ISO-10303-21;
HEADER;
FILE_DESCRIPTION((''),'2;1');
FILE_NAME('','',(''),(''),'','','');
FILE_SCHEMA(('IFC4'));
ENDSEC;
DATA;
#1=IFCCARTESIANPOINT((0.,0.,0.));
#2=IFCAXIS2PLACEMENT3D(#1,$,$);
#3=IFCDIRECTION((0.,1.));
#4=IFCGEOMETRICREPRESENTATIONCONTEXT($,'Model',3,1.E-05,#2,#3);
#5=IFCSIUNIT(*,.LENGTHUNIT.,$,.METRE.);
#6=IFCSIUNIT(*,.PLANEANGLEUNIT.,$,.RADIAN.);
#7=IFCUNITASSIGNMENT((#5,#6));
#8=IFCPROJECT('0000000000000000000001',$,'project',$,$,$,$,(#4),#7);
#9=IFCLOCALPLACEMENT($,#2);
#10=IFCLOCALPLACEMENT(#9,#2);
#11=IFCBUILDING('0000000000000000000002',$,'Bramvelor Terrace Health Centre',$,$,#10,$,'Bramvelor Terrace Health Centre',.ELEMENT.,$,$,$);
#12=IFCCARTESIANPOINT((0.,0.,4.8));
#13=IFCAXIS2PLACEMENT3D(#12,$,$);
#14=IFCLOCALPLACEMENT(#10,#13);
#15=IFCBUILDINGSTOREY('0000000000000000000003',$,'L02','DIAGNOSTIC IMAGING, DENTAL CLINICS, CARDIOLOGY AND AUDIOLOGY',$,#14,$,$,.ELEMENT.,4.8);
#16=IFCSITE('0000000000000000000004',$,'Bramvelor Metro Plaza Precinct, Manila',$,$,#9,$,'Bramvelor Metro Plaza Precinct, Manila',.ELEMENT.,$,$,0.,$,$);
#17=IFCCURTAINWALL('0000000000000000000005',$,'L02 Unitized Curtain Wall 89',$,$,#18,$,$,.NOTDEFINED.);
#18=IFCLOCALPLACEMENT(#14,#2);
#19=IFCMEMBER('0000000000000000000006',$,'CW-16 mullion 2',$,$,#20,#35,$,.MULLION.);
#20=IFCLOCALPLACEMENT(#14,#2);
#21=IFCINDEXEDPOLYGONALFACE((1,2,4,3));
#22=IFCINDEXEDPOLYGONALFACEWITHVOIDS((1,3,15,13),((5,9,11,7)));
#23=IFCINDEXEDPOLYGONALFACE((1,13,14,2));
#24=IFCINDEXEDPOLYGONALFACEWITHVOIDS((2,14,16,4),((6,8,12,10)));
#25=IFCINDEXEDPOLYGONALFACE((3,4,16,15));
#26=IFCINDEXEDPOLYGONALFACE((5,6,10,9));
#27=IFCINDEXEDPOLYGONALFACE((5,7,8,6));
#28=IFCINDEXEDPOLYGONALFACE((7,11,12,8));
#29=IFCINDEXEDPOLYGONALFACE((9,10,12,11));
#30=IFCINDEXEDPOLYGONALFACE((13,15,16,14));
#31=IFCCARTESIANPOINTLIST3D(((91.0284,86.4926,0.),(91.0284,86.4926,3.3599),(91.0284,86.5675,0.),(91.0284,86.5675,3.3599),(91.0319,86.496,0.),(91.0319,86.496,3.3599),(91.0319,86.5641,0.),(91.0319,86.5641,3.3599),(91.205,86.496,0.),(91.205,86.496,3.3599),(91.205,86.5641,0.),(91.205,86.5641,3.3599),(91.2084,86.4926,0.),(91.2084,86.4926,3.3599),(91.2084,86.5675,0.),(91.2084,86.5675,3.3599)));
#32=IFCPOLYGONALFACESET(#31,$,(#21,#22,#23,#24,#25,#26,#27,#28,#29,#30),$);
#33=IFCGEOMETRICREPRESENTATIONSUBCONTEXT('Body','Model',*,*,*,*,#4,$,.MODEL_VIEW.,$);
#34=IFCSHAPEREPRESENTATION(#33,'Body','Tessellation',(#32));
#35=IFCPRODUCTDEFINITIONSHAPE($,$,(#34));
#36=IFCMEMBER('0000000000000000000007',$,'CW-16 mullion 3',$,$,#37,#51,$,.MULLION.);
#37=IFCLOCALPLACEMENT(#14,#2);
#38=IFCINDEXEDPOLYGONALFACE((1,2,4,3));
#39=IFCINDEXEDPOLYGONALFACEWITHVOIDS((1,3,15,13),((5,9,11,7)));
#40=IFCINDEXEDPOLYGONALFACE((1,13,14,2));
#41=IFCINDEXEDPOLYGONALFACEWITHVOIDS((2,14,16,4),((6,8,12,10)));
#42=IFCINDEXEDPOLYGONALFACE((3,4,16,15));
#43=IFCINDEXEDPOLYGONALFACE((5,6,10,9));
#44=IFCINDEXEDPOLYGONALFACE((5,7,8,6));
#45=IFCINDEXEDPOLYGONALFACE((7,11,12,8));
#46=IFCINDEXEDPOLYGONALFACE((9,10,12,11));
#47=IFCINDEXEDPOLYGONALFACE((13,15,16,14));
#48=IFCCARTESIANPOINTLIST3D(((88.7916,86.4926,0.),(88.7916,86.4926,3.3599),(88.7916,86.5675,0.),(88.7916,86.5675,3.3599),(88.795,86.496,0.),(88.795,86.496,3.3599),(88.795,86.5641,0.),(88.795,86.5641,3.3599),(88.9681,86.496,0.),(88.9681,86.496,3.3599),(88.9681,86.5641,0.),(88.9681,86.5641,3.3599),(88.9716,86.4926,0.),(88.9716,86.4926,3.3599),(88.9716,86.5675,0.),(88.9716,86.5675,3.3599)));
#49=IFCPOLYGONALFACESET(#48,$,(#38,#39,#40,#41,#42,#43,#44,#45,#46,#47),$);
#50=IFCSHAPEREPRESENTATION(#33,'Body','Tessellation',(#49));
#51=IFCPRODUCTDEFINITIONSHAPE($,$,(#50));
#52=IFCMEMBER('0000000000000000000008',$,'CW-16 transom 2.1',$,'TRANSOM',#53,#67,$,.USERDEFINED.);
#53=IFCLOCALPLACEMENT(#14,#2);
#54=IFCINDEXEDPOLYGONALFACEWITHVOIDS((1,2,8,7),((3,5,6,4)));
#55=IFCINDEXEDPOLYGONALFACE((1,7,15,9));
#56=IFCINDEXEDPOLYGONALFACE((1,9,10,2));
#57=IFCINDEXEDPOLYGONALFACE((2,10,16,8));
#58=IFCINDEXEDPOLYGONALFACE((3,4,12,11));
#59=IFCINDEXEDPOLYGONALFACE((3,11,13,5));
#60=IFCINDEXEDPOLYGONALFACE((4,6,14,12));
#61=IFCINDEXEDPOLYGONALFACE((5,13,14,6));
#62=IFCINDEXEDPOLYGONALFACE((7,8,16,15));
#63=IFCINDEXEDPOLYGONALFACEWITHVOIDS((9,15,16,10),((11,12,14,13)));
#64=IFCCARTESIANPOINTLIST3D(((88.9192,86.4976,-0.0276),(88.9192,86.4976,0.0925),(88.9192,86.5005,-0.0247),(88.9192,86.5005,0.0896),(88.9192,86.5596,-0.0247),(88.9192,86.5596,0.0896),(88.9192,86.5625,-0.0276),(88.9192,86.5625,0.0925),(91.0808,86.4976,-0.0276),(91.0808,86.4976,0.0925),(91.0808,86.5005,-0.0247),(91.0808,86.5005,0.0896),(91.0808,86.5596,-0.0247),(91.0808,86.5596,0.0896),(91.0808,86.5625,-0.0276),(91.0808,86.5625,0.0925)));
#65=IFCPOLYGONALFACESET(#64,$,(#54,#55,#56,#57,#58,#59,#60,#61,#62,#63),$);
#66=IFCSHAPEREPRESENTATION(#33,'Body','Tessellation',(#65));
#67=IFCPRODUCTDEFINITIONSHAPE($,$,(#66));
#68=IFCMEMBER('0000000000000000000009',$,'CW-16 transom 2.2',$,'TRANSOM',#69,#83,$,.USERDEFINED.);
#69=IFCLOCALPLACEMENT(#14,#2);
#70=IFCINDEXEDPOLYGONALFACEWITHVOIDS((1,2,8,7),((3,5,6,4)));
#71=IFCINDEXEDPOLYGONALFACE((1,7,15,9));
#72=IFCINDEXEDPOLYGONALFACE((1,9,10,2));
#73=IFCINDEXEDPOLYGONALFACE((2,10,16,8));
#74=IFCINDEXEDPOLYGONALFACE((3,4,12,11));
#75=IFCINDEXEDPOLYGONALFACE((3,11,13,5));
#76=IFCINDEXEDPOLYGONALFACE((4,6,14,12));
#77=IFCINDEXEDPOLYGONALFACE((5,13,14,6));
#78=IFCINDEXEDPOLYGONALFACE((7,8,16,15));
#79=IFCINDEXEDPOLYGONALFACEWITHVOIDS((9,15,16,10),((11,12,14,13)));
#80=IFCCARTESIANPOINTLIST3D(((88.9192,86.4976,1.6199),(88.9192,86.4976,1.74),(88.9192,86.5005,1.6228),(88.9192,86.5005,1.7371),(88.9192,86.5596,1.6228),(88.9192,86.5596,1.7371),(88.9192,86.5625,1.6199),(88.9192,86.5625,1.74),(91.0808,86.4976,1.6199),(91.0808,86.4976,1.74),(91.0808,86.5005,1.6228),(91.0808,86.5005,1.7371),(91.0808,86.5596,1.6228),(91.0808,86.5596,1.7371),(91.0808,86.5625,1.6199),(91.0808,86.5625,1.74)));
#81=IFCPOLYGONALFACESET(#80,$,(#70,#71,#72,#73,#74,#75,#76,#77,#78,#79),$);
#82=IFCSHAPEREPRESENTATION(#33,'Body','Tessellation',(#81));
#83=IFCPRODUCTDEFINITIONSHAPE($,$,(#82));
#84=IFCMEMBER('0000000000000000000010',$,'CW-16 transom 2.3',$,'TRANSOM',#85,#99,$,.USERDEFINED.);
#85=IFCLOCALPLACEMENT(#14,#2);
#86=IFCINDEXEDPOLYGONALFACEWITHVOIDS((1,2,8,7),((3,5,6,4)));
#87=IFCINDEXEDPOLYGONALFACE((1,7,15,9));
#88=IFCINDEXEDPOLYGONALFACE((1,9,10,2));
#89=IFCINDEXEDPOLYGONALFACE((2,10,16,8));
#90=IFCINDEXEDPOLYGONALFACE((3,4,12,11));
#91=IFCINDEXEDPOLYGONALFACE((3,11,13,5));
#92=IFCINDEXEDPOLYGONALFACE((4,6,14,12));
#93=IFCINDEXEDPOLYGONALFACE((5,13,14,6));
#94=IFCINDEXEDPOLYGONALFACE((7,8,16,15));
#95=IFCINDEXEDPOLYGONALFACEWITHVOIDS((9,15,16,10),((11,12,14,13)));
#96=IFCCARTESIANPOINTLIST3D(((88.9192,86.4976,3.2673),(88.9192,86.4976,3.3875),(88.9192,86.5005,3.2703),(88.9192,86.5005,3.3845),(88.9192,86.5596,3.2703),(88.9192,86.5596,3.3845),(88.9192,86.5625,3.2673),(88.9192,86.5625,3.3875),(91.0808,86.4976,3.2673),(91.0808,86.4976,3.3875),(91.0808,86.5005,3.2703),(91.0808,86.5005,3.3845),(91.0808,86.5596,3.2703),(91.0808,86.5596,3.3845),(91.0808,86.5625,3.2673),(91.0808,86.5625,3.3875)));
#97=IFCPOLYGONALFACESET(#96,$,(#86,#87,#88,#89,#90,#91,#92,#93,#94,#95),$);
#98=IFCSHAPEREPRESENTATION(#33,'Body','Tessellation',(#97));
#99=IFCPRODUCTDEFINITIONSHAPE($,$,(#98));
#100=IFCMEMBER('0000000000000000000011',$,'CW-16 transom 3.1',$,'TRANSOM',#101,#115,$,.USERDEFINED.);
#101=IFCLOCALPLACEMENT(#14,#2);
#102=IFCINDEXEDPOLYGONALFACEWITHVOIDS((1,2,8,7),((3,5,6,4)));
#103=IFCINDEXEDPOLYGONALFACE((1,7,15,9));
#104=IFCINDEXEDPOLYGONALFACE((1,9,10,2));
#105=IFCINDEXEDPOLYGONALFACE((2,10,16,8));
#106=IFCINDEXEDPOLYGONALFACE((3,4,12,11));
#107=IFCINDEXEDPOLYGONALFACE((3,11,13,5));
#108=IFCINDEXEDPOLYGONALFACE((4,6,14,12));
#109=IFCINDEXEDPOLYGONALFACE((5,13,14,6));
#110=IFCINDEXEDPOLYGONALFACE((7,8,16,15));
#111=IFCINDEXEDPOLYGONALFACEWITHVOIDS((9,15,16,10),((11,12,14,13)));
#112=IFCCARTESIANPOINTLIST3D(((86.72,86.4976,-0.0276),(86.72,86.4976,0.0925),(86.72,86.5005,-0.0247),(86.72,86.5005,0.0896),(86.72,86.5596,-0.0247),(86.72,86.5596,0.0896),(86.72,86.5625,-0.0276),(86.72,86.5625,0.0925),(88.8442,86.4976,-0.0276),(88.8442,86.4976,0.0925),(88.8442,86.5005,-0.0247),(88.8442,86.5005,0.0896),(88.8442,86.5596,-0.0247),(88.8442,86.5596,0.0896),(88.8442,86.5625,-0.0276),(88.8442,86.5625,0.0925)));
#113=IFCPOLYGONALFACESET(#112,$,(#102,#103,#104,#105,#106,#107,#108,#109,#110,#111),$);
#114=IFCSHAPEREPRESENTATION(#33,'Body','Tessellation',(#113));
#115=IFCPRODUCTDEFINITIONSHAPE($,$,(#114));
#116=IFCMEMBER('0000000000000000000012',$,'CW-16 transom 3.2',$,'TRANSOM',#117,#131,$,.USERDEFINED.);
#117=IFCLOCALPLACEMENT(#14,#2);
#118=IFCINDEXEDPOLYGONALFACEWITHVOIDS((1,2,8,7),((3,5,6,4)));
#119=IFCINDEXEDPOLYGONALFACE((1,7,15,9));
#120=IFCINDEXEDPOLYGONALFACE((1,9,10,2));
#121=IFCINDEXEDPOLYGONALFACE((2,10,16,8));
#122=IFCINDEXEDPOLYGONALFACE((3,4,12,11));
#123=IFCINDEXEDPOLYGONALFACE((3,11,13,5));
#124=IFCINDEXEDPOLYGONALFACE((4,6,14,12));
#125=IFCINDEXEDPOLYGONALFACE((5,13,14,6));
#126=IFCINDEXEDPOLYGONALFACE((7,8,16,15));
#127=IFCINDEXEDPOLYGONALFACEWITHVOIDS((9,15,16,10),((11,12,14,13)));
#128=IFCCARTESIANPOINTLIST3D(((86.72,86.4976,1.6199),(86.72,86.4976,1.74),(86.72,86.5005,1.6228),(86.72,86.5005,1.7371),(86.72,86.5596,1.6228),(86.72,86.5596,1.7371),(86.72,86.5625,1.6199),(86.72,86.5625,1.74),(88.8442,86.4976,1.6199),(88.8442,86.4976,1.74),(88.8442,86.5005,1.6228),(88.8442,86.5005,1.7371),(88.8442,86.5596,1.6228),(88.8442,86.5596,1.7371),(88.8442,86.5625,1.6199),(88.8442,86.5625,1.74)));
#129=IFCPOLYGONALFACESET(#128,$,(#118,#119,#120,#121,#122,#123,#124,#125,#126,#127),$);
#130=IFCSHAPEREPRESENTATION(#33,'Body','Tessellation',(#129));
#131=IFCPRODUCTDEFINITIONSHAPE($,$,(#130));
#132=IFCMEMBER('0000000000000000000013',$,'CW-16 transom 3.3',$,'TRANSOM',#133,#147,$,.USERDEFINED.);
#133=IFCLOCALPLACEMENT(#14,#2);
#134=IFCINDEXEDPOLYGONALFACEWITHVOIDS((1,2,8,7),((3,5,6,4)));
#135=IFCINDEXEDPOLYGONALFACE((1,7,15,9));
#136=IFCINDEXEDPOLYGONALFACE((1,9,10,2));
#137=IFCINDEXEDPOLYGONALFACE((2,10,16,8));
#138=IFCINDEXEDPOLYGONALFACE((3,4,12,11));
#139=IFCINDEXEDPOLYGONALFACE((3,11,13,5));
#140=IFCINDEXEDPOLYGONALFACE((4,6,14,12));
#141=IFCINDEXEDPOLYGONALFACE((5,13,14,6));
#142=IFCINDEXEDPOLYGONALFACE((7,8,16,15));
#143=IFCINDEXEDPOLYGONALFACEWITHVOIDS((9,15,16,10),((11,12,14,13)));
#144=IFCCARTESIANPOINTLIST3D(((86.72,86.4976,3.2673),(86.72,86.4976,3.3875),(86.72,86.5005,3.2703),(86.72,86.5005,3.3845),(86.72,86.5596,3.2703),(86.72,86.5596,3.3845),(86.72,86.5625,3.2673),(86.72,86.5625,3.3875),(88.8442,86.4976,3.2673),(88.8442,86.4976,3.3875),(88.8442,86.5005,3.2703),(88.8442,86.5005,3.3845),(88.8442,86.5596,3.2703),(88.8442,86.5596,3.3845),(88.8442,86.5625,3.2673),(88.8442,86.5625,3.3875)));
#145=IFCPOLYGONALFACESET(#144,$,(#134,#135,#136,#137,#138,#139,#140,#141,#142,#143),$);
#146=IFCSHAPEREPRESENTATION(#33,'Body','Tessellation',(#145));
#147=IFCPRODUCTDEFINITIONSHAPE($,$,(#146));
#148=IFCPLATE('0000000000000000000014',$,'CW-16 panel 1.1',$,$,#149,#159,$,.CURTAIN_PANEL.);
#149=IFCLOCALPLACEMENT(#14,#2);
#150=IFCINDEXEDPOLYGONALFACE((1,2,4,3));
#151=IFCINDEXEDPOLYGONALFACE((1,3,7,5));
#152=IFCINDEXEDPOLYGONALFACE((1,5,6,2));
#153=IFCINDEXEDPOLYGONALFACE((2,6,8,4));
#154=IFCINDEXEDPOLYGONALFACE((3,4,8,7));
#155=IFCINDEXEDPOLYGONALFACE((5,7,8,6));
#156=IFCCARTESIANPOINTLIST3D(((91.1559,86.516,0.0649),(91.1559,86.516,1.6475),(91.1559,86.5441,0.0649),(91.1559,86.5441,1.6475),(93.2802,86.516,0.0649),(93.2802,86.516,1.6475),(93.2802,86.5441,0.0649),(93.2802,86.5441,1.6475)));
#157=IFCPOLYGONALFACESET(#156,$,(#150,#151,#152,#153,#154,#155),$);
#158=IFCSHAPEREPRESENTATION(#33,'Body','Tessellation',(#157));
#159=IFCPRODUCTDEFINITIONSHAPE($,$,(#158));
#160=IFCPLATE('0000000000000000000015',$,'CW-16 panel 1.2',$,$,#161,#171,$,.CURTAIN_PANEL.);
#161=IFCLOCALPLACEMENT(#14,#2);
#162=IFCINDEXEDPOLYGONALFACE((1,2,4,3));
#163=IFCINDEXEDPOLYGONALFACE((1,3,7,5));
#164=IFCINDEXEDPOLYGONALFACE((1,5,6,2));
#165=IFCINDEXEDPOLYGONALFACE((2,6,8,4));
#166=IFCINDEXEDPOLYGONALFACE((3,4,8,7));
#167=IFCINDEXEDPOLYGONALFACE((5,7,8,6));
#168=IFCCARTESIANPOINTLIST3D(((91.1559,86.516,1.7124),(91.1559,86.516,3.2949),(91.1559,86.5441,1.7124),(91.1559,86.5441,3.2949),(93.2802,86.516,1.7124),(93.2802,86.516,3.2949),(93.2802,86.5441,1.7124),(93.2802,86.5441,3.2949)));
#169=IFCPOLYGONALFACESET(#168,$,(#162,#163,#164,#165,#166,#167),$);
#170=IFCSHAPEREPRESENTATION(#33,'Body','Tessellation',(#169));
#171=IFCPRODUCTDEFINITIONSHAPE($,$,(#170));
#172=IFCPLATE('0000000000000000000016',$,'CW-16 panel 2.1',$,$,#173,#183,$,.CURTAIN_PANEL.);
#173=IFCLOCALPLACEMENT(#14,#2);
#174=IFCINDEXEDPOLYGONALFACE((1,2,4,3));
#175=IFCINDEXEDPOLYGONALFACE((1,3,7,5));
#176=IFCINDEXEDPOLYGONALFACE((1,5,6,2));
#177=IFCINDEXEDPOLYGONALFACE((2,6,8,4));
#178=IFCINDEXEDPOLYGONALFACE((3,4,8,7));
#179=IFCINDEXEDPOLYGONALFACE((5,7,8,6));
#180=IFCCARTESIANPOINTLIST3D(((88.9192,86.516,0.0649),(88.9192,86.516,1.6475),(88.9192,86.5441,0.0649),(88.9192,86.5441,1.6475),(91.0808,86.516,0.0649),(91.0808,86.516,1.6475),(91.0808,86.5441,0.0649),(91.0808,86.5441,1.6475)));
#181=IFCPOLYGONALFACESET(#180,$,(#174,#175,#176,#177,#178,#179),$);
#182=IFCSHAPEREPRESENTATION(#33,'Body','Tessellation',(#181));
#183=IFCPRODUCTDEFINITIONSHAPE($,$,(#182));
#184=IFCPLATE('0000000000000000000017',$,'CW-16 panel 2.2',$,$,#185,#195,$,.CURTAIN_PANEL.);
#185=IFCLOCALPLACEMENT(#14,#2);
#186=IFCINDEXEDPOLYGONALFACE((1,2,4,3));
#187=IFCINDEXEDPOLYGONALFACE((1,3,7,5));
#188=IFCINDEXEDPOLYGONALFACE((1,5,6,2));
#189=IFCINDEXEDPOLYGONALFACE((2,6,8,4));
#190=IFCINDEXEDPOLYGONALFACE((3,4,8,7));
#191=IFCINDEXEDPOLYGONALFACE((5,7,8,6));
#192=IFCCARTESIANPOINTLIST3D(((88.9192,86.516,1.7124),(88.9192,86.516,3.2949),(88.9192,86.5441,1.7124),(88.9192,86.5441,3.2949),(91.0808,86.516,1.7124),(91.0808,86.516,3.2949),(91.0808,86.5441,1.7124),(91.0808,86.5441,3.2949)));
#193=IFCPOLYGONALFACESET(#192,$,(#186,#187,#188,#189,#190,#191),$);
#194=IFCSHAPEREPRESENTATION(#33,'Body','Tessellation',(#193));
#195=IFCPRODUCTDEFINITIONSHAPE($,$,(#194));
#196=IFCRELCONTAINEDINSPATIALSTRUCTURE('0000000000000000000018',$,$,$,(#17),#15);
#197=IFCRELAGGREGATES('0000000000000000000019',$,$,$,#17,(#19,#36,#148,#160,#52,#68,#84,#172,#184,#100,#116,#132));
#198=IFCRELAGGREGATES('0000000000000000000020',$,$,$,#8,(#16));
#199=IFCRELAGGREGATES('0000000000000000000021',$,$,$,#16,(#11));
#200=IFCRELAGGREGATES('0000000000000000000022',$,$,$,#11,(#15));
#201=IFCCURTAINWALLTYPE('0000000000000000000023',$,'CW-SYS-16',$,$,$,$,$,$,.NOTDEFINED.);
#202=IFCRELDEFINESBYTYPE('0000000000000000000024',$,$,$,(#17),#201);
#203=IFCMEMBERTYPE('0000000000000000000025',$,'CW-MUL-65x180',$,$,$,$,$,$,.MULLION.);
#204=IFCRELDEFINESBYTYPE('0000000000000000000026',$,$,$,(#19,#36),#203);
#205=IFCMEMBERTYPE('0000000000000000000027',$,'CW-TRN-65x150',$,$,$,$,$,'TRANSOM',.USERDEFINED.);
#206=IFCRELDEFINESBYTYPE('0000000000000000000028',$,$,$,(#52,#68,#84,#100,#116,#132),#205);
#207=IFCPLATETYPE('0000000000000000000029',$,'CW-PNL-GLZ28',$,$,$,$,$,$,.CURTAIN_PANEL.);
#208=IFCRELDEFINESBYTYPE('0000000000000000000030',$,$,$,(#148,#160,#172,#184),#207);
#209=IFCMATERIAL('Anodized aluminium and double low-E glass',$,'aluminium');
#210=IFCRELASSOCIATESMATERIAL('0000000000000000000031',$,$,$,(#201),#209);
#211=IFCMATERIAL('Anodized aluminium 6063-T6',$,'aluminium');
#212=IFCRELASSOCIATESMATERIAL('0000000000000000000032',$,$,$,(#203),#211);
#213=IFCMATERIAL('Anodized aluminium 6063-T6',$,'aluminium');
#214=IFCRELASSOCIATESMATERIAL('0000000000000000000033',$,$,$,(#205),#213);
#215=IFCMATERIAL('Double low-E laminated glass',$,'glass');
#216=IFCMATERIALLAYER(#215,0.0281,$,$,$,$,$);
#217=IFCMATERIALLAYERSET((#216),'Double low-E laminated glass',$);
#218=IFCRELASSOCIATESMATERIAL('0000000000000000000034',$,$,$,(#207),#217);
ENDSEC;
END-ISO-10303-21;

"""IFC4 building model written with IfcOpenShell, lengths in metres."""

from ifc_helpers import new_model, si_unit, direction, frame, origin, origin_2d, place, context, subcontext, project, spatial, rectangle, hollow_rectangle, extrude, material, layer, layer_set, material_profile, profile_set, type_object, element, aggregate, save


model = new_model("IFC4")

# Units and contexts
model_context = context("Model", 3, precision=1e-05, world=origin(), true_north=direction((0.0, 1.0)))
body_context = subcontext(model_context, "Body", "Model", "MODEL_VIEW")
ifc_project = project(units=[si_unit("LENGTHUNIT", "METRE"), si_unit("PLANEANGLEUNIT", "RADIAN")], contexts=[model_context])

# Site, building, storey
site_placement = place(None, origin())
site = spatial("IfcSite", under=ifc_project, at=site_placement, Name="Bramvelor Metro Plaza Precinct, Manila", LongName="Bramvelor Metro Plaza Precinct, Manila", CompositionType="ELEMENT", RefElevation=0.0)
building_placement = place(site_placement, origin())
building = spatial("IfcBuilding", under=site, at=building_placement, Name="Bramvelor Terrace Health Centre", LongName="Bramvelor Terrace Health Centre", CompositionType="ELEMENT")
storey_placement = place(building_placement, frame((0.0, 0.0, 4.8)))
storey = spatial("IfcBuildingStorey", under=building, at=storey_placement, Name="L02", Description="DIAGNOSTIC IMAGING, DENTAL CLINICS, CARDIOLOGY AND AUDIOLOGY", CompositionType="ELEMENT", Elevation=4.8)

# Curtain wall, members, plates
ifc_material_1 = material(Name="Anodized aluminium and double low-E glass", Category="aluminium")
curtain_wall_type = type_object("IfcCurtainWallType", Name="CW-SYS-16", PredefinedType="NOTDEFINED", material=ifc_material_1)
curtain_wall_placement = place(storey_placement, origin())
curtain_wall = element("IfcCurtainWall", 1, at=curtain_wall_placement, inside=storey, type_object=curtain_wall_type, Name="L02 Unitized Curtain Wall 89", PredefinedType="NOTDEFINED")
ifc_material_2 = material(Name="Anodized aluminium 6063-T6", Category="aluminium")
ifc_material_profile_1 = material_profile(ifc_material_2, hollow_rectangle(XDim=0.075, YDim=0.1799, WallThickness=0.0034, at=origin_2d()), Name="ALU-MUL 75x180x3.5")
ifc_profile_set_1 = profile_set([ifc_material_profile_1], Name="Anodized aluminium 6063-T6")
member_type_1 = type_object("IfcMemberType", Name="CW-MUL-65x180", PredefinedType="MULLION", material=ifc_profile_set_1)
member_1_placement = place(storey_placement, frame((91.1184, 86.53, 0.0), z_axis=(0.0, 0.0, 1.0), x_axis=(0.0, -1.0, 0.0)))
member_1 = element("IfcMember", 2, at=member_1_placement, type_object=member_type_1, Name="CW-16 mullion 2", PredefinedType="MULLION", context=body_context, shape_type="SweptSolid", body=[
    extrude(hollow_rectangle(XDim=0.075, YDim=0.1799, WallThickness=0.0034, at=origin_2d()), origin(), (0.0, 0.0, 1.0), 3.3599),
])
member_2_placement = place(storey_placement, frame((88.8816, 86.53, 0.0), z_axis=(0.0, 0.0, 1.0), x_axis=(0.0, -1.0, 0.0)))
member_2 = element("IfcMember", 3, at=member_2_placement, type_object=member_type_1, Name="CW-16 mullion 3", PredefinedType="MULLION", context=body_context, shape_type="SweptSolid", body=[
    extrude(hollow_rectangle(XDim=0.075, YDim=0.1799, WallThickness=0.0034, at=origin_2d()), origin(), (0.0, 0.0, 1.0), 3.3599),
])
ifc_material_3 = material(Name="Anodized aluminium 6063-T6", Category="aluminium")
ifc_material_profile_2 = material_profile(ifc_material_3, hollow_rectangle(XDim=0.0649, YDim=0.1201, WallThickness=0.0029, at=origin_2d()), Name="ALU-TRN 65x120x3.0")
ifc_profile_set_2 = profile_set([ifc_material_profile_2], Name="Anodized aluminium 6063-T6")
member_type_2 = type_object("IfcMemberType", Name="CW-TRN-65x150", ElementType="TRANSOM", PredefinedType="USERDEFINED", material=ifc_profile_set_2)
member_3_placement = place(storey_placement, frame((91.0808, 86.53, 0.0325), z_axis=(-1.0, 0.0, 0.0), x_axis=(0.0, -1.0, 0.0)))
member_3 = element("IfcMember", 4, at=member_3_placement, type_object=member_type_2, Name="CW-16 transom 2.1", ObjectType="TRANSOM", PredefinedType="USERDEFINED", context=body_context, shape_type="SweptSolid", body=[
    extrude(hollow_rectangle(XDim=0.0649, YDim=0.1201, WallThickness=0.0029, at=origin_2d()), origin(), (0.0, 0.0, 1.0), 2.1616),
])
member_4_placement = place(storey_placement, frame((91.0808, 86.53, 1.6799), z_axis=(-1.0, 0.0, 0.0), x_axis=(0.0, -1.0, 0.0)))
member_4 = element("IfcMember", 5, at=member_4_placement, type_object=member_type_2, Name="CW-16 transom 2.2", ObjectType="TRANSOM", PredefinedType="USERDEFINED", context=body_context, shape_type="SweptSolid", body=[
    extrude(hollow_rectangle(XDim=0.0649, YDim=0.1201, WallThickness=0.0029, at=origin_2d()), origin(), (0.0, 0.0, 1.0), 2.1616),
])
member_5_placement = place(storey_placement, frame((91.0808, 86.53, 3.3274), z_axis=(-1.0, 0.0, 0.0), x_axis=(0.0, -1.0, 0.0)))
member_5 = element("IfcMember", 6, at=member_5_placement, type_object=member_type_2, Name="CW-16 transom 2.3", ObjectType="TRANSOM", PredefinedType="USERDEFINED", context=body_context, shape_type="SweptSolid", body=[
    extrude(hollow_rectangle(XDim=0.0649, YDim=0.1201, WallThickness=0.0029, at=origin_2d()), origin(), (0.0, 0.0, 1.0), 2.1616),
])
member_6_placement = place(storey_placement, frame((88.8442, 86.53, 0.0325), z_axis=(-1.0, 0.0, 0.0), x_axis=(0.0, -1.0, 0.0)))
member_6 = element("IfcMember", 7, at=member_6_placement, type_object=member_type_2, Name="CW-16 transom 3.1", ObjectType="TRANSOM", PredefinedType="USERDEFINED", context=body_context, shape_type="SweptSolid", body=[
    extrude(hollow_rectangle(XDim=0.0649, YDim=0.1201, WallThickness=0.0029, at=origin_2d()), origin(), (0.0, 0.0, 1.0), 2.1243),
])
member_7_placement = place(storey_placement, frame((88.8442, 86.53, 1.6799), z_axis=(-1.0, 0.0, 0.0), x_axis=(0.0, -1.0, 0.0)))
member_7 = element("IfcMember", 8, at=member_7_placement, type_object=member_type_2, Name="CW-16 transom 3.2", ObjectType="TRANSOM", PredefinedType="USERDEFINED", context=body_context, shape_type="SweptSolid", body=[
    extrude(hollow_rectangle(XDim=0.0649, YDim=0.1201, WallThickness=0.0029, at=origin_2d()), origin(), (0.0, 0.0, 1.0), 2.1243),
])
member_8_placement = place(storey_placement, frame((88.8442, 86.53, 3.3274), z_axis=(-1.0, 0.0, 0.0), x_axis=(0.0, -1.0, 0.0)))
member_8 = element("IfcMember", 9, at=member_8_placement, type_object=member_type_2, Name="CW-16 transom 3.3", ObjectType="TRANSOM", PredefinedType="USERDEFINED", context=body_context, shape_type="SweptSolid", body=[
    extrude(hollow_rectangle(XDim=0.0649, YDim=0.1201, WallThickness=0.0029, at=origin_2d()), origin(), (0.0, 0.0, 1.0), 2.1243),
])
ifc_material_4 = material(Name="Double low-E laminated glass", Category="glass")
ifc_layer_1 = layer(ifc_material_4, 0.0281)
ifc_layer_set_1 = layer_set([ifc_layer_1], Name="Double low-E laminated glass")
plate_type = type_object("IfcPlateType", Name="CW-PNL-GLZ28", PredefinedType="CURTAIN_PANEL", material=ifc_layer_set_1)
plate_1_placement = place(storey_placement, frame((92.218, 86.53, 0.0649), z_axis=(0.0, 0.0, 1.0), x_axis=(-1.0, 0.0, 0.0)))
plate_1 = element("IfcPlate", 10, at=plate_1_placement, type_object=plate_type, Name="CW-16 panel 1.1", PredefinedType="CURTAIN_PANEL", context=body_context, shape_type="SweptSolid", body=[
    extrude(rectangle(XDim=2.1243, YDim=0.0281, at=origin_2d()), origin(), (0.0, 0.0, 1.0), 1.5825),
])
plate_2_placement = place(storey_placement, frame((92.218, 86.53, 1.7124), z_axis=(0.0, 0.0, 1.0), x_axis=(-1.0, 0.0, 0.0)))
plate_2 = element("IfcPlate", 11, at=plate_2_placement, type_object=plate_type, Name="CW-16 panel 1.2", PredefinedType="CURTAIN_PANEL", context=body_context, shape_type="SweptSolid", body=[
    extrude(rectangle(XDim=2.1243, YDim=0.0281, at=origin_2d()), origin(), (0.0, 0.0, 1.0), 1.5825),
])
plate_3_placement = place(storey_placement, frame((90.0, 86.53, 0.0649), z_axis=(0.0, 0.0, 1.0), x_axis=(-1.0, 0.0, 0.0)))
plate_3 = element("IfcPlate", 12, at=plate_3_placement, type_object=plate_type, Name="CW-16 panel 2.1", PredefinedType="CURTAIN_PANEL", context=body_context, shape_type="SweptSolid", body=[
    extrude(rectangle(XDim=2.1616, YDim=0.0281, at=origin_2d()), origin(), (0.0, 0.0, 1.0), 1.5825),
])
plate_4_placement = place(storey_placement, frame((90.0, 86.53, 1.7124), z_axis=(0.0, 0.0, 1.0), x_axis=(-1.0, 0.0, 0.0)))
plate_4 = element("IfcPlate", 13, at=plate_4_placement, type_object=plate_type, Name="CW-16 panel 2.2", PredefinedType="CURTAIN_PANEL", context=body_context, shape_type="SweptSolid", body=[
    extrude(rectangle(XDim=2.1616, YDim=0.0281, at=origin_2d()), origin(), (0.0, 0.0, 1.0), 1.5825),
])
aggregate(curtain_wall, [member_1, member_2, plate_1, plate_2, member_3, member_4, member_5, plate_3, plate_4, member_6, member_7, member_8])

save(model, "model.ifc")
